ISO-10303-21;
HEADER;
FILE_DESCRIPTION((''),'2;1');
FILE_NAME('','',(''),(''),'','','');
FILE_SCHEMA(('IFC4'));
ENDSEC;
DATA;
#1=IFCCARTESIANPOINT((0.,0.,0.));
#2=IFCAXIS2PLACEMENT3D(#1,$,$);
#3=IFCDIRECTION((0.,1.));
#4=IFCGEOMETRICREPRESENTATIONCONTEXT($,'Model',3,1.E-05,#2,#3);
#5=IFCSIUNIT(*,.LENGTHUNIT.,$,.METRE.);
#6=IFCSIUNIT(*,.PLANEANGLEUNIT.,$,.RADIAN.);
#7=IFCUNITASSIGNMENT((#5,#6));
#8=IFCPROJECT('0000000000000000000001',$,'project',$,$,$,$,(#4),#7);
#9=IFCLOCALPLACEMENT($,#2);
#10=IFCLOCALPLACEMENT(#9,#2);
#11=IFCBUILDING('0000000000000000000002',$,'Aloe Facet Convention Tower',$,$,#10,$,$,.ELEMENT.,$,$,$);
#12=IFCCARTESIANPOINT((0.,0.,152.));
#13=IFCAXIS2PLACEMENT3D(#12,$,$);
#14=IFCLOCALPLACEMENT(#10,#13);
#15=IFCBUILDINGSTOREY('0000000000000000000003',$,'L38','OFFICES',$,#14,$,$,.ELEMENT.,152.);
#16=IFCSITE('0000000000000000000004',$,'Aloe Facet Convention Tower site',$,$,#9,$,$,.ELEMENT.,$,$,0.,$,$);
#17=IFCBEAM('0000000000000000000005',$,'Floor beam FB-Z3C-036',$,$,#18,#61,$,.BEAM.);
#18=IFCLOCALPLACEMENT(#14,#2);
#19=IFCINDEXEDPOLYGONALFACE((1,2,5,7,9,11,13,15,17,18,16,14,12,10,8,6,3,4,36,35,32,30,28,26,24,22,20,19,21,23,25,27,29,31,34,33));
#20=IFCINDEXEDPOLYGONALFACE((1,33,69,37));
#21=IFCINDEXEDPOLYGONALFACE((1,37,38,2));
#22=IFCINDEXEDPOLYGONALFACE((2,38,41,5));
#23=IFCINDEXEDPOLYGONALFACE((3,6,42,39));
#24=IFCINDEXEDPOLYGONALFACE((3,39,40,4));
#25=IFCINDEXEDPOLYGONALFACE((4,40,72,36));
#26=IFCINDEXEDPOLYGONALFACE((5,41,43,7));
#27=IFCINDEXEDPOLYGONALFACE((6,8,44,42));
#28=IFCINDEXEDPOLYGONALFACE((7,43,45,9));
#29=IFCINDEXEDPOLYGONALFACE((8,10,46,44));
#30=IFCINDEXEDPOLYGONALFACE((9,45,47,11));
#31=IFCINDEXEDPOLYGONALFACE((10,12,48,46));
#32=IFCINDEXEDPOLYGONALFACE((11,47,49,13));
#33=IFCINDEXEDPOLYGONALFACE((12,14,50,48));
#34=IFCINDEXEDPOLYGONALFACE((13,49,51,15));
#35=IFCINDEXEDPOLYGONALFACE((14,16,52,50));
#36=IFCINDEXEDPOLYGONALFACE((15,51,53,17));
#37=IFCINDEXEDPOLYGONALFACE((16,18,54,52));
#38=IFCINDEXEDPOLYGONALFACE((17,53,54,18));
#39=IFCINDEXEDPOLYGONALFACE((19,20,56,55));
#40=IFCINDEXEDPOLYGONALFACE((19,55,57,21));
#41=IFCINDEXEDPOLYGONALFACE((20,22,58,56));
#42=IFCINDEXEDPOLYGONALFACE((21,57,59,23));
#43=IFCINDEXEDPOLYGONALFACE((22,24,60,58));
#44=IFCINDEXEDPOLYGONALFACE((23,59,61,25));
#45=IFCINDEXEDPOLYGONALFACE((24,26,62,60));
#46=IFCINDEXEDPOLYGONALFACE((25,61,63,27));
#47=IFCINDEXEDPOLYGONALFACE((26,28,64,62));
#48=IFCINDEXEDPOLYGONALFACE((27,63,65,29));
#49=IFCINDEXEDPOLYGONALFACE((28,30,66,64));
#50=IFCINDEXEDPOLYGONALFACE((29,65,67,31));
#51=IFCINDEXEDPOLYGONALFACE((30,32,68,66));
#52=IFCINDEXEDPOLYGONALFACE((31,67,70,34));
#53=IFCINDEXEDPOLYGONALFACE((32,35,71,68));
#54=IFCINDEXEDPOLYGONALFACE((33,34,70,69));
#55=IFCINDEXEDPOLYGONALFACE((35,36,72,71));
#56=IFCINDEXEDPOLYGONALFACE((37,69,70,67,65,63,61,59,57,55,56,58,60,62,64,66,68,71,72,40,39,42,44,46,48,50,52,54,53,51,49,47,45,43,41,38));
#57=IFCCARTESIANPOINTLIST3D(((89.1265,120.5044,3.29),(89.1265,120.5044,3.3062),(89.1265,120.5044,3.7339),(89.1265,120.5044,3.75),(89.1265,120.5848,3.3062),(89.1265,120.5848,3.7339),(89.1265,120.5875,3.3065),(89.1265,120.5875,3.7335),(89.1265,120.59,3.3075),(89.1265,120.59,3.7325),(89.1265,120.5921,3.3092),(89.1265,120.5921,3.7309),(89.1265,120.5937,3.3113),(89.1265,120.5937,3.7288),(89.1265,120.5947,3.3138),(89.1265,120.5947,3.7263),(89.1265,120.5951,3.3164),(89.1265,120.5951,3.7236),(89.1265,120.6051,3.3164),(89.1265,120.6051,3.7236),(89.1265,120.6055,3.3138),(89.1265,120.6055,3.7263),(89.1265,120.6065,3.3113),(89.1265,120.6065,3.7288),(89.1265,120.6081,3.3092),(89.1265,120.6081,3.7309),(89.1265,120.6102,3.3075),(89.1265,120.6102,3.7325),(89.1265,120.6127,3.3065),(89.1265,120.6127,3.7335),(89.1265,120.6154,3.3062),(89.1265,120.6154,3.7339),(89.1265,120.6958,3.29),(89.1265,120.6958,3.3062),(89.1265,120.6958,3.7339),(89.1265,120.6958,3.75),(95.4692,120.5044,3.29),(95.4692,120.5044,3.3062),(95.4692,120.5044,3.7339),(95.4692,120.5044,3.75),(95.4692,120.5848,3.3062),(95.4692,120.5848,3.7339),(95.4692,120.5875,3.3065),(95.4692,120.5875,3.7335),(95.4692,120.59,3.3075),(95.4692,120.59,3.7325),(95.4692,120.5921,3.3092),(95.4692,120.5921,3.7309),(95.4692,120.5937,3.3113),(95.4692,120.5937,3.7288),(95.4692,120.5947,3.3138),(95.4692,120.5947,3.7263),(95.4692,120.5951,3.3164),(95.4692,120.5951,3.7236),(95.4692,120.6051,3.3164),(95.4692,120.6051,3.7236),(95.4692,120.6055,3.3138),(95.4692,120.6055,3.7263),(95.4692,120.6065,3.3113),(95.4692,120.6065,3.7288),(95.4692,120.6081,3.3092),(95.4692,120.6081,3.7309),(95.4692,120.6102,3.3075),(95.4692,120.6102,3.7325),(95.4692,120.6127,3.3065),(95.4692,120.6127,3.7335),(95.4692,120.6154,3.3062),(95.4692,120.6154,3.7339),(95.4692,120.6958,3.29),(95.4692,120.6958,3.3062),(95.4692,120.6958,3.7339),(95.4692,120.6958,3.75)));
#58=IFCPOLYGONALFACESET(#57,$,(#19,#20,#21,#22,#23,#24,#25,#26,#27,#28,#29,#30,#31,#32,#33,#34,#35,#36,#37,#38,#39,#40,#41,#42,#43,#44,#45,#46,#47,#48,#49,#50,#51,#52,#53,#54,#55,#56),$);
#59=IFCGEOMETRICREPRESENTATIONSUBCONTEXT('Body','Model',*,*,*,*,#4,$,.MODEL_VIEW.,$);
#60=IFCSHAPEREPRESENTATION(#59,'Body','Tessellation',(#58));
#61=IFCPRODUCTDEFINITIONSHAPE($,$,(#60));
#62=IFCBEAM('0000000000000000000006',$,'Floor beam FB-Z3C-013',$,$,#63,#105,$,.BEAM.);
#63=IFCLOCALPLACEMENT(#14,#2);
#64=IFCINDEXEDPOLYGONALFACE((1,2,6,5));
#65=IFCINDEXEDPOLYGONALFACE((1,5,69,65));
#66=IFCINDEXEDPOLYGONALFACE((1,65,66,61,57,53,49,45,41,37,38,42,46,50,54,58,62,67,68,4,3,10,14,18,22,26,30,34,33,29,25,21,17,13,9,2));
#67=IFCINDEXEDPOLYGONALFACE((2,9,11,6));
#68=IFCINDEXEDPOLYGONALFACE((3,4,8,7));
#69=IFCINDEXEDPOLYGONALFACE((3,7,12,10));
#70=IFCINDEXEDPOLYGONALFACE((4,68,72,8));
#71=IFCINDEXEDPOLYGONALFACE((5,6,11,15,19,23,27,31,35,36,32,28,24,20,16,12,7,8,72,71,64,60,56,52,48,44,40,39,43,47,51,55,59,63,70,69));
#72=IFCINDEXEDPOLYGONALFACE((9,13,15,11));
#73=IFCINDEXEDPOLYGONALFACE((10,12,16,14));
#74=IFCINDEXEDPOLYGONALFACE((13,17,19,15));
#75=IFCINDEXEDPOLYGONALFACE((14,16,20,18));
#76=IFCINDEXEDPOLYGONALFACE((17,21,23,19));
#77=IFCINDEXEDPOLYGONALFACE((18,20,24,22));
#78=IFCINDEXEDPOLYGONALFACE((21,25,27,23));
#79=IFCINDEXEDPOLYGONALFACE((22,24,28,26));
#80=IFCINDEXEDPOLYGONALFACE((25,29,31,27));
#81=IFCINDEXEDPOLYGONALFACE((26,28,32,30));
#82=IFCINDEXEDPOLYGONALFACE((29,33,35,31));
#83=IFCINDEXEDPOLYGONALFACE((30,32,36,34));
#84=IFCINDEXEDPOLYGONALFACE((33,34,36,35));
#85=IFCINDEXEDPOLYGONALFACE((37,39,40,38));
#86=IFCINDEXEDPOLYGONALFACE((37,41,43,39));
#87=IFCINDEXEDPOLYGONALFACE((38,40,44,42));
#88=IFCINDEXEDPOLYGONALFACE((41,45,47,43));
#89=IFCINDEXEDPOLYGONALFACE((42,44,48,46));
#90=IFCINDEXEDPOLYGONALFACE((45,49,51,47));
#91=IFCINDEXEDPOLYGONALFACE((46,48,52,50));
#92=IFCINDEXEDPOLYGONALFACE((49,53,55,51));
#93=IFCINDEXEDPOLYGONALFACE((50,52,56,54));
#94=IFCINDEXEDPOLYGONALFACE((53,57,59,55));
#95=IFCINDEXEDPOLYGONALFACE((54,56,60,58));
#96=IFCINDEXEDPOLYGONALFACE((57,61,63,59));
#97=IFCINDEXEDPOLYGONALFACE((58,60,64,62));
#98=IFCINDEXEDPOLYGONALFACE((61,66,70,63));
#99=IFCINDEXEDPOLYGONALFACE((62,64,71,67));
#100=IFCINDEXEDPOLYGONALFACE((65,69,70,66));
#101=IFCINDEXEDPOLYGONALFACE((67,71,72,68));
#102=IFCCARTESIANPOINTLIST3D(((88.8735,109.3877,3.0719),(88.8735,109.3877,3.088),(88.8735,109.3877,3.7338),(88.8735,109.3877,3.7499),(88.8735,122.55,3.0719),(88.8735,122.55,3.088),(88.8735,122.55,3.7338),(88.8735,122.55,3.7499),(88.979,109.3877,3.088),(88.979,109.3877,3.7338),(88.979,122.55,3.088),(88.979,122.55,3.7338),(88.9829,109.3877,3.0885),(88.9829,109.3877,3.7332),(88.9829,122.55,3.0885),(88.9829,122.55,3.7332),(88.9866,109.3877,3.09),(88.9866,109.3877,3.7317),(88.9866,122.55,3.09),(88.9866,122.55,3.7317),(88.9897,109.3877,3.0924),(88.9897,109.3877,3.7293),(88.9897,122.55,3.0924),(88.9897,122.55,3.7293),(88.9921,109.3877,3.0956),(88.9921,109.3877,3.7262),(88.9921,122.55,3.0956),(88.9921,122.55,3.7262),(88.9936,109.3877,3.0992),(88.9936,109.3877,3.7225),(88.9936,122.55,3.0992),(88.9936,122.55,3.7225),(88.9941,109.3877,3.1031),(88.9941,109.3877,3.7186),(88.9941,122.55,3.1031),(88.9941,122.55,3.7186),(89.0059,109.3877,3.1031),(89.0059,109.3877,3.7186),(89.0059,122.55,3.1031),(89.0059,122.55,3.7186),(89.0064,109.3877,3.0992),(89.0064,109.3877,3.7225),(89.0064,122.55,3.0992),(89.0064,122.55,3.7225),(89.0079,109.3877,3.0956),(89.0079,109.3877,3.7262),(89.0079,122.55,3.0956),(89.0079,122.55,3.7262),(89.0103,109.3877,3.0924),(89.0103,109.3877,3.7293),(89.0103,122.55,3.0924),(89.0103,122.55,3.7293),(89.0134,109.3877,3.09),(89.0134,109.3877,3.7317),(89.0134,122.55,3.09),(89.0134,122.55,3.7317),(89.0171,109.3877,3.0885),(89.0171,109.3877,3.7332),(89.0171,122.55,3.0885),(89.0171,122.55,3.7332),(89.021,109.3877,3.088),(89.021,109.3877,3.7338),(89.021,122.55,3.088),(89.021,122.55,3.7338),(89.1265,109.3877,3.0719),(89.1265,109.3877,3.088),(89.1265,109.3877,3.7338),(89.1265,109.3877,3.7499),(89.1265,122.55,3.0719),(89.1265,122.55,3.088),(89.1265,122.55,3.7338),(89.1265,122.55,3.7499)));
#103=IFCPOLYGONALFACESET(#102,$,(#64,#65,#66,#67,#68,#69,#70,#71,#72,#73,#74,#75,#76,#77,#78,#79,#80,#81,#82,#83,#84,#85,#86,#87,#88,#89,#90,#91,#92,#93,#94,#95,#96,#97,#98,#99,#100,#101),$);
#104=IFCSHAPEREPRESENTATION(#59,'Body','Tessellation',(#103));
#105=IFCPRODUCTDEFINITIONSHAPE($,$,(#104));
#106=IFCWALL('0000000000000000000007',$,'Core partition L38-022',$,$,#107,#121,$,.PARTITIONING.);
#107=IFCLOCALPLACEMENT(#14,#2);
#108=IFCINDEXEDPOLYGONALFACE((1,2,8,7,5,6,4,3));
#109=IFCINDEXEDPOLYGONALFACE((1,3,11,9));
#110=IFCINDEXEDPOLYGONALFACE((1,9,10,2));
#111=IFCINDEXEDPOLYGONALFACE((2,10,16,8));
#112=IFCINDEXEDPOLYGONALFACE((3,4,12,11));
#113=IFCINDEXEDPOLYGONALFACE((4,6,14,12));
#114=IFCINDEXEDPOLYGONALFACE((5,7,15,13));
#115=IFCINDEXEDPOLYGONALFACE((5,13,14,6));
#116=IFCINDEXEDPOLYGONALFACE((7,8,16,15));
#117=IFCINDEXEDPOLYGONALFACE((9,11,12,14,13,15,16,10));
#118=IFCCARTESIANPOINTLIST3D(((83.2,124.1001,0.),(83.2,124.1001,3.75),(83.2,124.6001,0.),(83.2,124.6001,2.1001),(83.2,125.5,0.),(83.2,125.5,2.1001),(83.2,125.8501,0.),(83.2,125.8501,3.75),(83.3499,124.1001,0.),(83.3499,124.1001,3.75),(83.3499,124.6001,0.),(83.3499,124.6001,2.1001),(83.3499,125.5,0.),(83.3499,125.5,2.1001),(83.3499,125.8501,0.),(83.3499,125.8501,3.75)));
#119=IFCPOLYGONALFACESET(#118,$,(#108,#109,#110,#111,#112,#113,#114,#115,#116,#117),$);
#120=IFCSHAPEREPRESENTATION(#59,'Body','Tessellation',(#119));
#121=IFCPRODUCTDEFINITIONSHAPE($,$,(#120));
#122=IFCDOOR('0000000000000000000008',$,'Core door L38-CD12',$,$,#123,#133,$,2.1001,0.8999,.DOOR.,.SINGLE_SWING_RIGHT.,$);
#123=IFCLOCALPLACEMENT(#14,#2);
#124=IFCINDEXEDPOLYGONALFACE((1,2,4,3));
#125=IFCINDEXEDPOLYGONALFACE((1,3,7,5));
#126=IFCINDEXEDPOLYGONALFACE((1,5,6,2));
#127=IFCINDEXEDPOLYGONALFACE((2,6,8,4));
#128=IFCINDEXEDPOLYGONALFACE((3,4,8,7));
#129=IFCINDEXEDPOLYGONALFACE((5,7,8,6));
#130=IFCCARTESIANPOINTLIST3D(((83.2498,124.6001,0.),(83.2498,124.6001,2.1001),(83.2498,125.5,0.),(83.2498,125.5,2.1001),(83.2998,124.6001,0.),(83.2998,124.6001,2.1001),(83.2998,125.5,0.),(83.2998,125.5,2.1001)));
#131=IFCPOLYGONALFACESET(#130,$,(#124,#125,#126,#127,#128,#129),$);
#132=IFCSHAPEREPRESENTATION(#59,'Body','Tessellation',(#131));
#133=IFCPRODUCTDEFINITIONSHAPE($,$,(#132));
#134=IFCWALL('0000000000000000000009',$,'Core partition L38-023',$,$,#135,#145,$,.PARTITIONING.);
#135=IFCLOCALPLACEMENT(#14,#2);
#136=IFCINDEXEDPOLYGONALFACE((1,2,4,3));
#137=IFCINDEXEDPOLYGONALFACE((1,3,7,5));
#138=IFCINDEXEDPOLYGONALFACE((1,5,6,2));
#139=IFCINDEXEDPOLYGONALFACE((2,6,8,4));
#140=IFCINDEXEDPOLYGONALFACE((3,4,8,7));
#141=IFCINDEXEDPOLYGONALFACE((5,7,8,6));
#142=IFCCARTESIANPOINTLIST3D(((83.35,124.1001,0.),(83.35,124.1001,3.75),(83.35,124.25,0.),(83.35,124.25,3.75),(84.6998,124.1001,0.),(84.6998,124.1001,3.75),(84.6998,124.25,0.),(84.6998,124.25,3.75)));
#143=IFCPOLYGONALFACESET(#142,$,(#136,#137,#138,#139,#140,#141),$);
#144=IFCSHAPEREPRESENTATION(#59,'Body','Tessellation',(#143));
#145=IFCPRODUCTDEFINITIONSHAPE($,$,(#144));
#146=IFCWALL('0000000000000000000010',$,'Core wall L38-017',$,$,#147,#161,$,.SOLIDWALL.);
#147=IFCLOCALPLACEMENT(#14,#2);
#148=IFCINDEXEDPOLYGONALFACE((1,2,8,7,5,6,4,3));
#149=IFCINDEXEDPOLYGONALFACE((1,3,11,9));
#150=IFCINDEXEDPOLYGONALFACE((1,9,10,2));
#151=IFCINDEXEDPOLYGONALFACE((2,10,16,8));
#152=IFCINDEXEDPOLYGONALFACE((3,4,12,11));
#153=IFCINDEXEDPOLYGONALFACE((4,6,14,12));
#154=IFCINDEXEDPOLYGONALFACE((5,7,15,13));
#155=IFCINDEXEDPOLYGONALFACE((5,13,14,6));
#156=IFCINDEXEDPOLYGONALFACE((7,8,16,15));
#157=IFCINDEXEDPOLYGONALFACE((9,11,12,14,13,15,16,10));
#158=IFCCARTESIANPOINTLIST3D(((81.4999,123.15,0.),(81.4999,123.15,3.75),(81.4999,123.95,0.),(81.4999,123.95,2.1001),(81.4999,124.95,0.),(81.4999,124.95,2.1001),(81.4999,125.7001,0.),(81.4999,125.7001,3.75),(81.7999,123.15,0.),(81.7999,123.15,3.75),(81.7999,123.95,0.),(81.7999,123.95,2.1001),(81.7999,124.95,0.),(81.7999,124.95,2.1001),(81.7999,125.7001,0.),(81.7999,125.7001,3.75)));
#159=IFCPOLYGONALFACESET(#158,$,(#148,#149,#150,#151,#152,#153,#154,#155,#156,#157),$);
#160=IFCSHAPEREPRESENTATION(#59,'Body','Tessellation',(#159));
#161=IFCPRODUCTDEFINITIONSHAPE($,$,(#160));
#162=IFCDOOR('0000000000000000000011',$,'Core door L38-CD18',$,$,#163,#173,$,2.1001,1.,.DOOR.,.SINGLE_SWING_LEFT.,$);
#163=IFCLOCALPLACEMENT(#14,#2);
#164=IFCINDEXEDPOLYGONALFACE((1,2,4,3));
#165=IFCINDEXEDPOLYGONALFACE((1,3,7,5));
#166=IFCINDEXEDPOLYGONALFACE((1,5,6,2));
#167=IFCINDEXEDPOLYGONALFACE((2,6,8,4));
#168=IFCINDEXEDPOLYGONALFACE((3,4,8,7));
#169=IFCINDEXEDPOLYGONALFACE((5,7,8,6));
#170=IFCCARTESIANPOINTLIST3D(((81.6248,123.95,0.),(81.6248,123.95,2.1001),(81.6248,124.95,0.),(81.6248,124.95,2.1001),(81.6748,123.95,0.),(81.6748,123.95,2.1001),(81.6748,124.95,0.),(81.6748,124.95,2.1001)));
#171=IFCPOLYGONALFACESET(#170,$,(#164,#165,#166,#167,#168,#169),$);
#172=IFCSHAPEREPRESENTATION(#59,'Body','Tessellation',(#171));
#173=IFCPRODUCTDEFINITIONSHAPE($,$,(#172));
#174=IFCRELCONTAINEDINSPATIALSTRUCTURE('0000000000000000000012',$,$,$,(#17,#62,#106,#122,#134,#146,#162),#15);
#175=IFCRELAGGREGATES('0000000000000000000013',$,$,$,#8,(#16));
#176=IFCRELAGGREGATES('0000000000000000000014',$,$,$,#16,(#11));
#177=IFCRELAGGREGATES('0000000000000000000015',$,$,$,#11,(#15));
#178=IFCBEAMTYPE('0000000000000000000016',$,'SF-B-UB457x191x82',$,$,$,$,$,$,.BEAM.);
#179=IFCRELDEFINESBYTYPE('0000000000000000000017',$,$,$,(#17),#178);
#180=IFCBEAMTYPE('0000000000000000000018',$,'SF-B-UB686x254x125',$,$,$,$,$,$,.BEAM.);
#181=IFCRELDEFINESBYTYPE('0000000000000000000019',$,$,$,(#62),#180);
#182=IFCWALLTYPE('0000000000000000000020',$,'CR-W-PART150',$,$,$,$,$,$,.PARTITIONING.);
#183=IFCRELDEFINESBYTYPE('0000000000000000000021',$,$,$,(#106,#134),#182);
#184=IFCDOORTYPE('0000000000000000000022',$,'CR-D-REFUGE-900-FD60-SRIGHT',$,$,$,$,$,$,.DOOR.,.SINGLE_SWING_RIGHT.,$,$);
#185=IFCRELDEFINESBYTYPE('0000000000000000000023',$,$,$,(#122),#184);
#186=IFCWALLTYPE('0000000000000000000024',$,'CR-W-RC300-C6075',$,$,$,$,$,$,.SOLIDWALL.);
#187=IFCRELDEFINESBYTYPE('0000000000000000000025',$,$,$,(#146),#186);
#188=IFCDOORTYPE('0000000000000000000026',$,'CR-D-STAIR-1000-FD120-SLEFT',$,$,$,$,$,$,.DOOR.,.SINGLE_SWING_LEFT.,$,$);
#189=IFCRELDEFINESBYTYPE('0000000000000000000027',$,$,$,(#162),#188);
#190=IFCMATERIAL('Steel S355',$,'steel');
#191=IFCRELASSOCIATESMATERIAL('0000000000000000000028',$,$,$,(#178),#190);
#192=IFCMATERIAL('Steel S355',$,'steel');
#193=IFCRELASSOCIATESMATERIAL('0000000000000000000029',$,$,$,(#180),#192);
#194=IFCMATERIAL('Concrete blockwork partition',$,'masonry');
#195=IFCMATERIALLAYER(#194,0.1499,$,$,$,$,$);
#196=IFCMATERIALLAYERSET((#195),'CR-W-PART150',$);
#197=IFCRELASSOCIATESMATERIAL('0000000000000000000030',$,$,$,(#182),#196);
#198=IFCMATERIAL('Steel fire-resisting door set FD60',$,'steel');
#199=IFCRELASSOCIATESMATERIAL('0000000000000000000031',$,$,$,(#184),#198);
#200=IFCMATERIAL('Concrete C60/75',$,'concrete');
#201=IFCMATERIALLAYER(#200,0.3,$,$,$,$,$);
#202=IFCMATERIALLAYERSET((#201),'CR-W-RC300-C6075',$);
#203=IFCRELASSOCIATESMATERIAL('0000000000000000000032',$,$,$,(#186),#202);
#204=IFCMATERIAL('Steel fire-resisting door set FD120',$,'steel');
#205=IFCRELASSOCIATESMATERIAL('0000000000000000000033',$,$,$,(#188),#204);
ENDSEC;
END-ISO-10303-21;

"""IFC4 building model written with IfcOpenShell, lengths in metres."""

from ifc_helpers import new_model, si_unit, direction, frame, frame_2d, origin, origin_2d, place, context, subcontext, project, spatial, rectangle, i_section, extrude, material, layer, layer_set, material_profile, profile_set, type_object, element, fill, save


model = new_model("IFC4")

# Units and contexts
model_context = context("Model", 3, precision=1e-05, world=origin(), true_north=direction((0.0, 1.0)))
body_context = subcontext(model_context, "Body", "Model", "MODEL_VIEW")
ifc_project = project(units=[si_unit("LENGTHUNIT", "METRE"), si_unit("PLANEANGLEUNIT", "RADIAN")], contexts=[model_context])

# Site, building, storey
site_placement = place(None, origin())
site = spatial("IfcSite", under=ifc_project, at=site_placement, Name="Aloe Facet Convention Tower site", CompositionType="ELEMENT", RefElevation=0.0)
building_placement = place(site_placement, origin())
building = spatial("IfcBuilding", under=site, at=building_placement, Name="Aloe Facet Convention Tower", CompositionType="ELEMENT")
storey_placement = place(building_placement, frame((0.0, 0.0, 152.0)))
storey = spatial("IfcBuildingStorey", under=building, at=storey_placement, Name="L38", Description="OFFICES", CompositionType="ELEMENT", Elevation=152.0)

# Beams
ifc_material_1 = material(Name="Steel S355", Category="steel")
ifc_material_profile_1 = material_profile(ifc_material_1, i_section(OverallWidth=0.1914, OverallDepth=0.46, WebThickness=0.01, FlangeThickness=0.0161, FilletRadius=0.0103, at=origin_2d()), Name="UB 457x191x82")
ifc_profile_set_1 = profile_set([ifc_material_profile_1], Name="Steel S355")
beam_type_1 = type_object("IfcBeamType", Name="SF-B-UB457x191x82", PredefinedType="BEAM", material=ifc_profile_set_1)
beam_1_placement = place(storey_placement, frame((89.1265, 120.6001, 3.52), z_axis=(1.0, 0.0, 0.0), x_axis=(0.0, 1.0, 0.0)))
element("IfcBeam", 1, at=beam_1_placement, inside=storey, type_object=beam_type_1, Name="Floor beam FB-Z3C-036", PredefinedType="BEAM", context=body_context, shape_type="SweptSolid", body=[
    extrude(i_section(OverallWidth=0.1914, OverallDepth=0.46, WebThickness=0.01, FlangeThickness=0.0161, FilletRadius=0.0103, at=origin_2d()), origin(), (0.0, 0.0, 1.0), 6.3428),
])
ifc_material_2 = material(Name="Steel S355", Category="steel")
ifc_material_profile_2 = material_profile(ifc_material_2, i_section(OverallWidth=0.2529, OverallDepth=0.678, WebThickness=0.0117, FlangeThickness=0.0161, FilletRadius=0.0151, at=origin_2d()), Name="UB 686x254x125")
ifc_profile_set_2 = profile_set([ifc_material_profile_2], Name="Steel S355")
beam_type_2 = type_object("IfcBeamType", Name="SF-B-UB686x254x125", PredefinedType="BEAM", material=ifc_profile_set_2)
beam_2_placement = place(storey_placement, frame((89.0, 122.55, 3.4109), z_axis=(0.0, -1.0, 0.0), x_axis=(1.0, 0.0, 0.0)))
element("IfcBeam", 2, at=beam_2_placement, inside=storey, type_object=beam_type_2, Name="Floor beam FB-Z3C-013", PredefinedType="BEAM", context=body_context, shape_type="SweptSolid", body=[
    extrude(i_section(OverallWidth=0.2529, OverallDepth=0.678, WebThickness=0.0117, FlangeThickness=0.0161, FilletRadius=0.0151, at=origin_2d()), origin(), (0.0, 0.0, 1.0), 13.1624),
])

# Wall, opening, door
ifc_material_3 = material(Name="Concrete blockwork partition", Category="masonry")
ifc_layer_1 = layer(ifc_material_3, 0.1499)
ifc_layer_set_1 = layer_set([ifc_layer_1], Name="CR-W-PART150")
wall_type_1 = type_object("IfcWallType", Name="CR-W-PART150", PredefinedType="PARTITIONING", material=ifc_layer_set_1)
wall_1_placement = place(storey_placement, frame((83.2749, 125.8501, 0.0), z_axis=(0.0, 0.0, 1.0), x_axis=(0.0, -1.0, 0.0)))
wall_1 = element("IfcWall", 3, at=wall_1_placement, inside=storey, type_object=wall_type_1, Name="Core partition L38-022", PredefinedType="PARTITIONING", context=body_context, shape_type="SweptSolid", body=[
    extrude(rectangle(XDim=1.75, YDim=0.1499, at=frame_2d((0.875, 0.0))), origin(), (0.0, 0.0, 1.0), 3.75),
])
opening_1_placement = place(wall_1_placement, frame((0.3501, 0.0, 0.0)))
opening_1 = element("IfcOpeningElement", 4, at=opening_1_placement, cuts=wall_1, PredefinedType="OPENING", context=body_context, shape_type="SweptSolid", body=[
    extrude(rectangle(XDim=0.8999, YDim=2.1001, at=frame_2d((0.45, 1.05))), frame((0.0, 0.085, 0.0), z_axis=(0.0, -1.0, 0.0), x_axis=(1.0, 0.0, 0.0)), (0.0, 0.0, 1.0), 0.1699),
])
ifc_material_4 = material(Name="Steel fire-resisting door set FD60", Category="steel")
door_type_1 = type_object("IfcDoorType", Name="CR-D-REFUGE-900-FD60-SRIGHT", OperationType="SINGLE_SWING_RIGHT", PredefinedType="DOOR", material=ifc_material_4)
door_1_placement = place(opening_1_placement, origin())
door_1 = element("IfcDoor", 5, at=door_1_placement, inside=storey, type_object=door_type_1, Name="Core door L38-CD12", OperationType="SINGLE_SWING_RIGHT", OverallHeight=2.1001, OverallWidth=0.8999, PredefinedType="DOOR", context=body_context, shape_type="SweptSolid", body=[
    extrude(rectangle(XDim=0.8999, YDim=2.1001, at=frame_2d((0.45, 1.05))), frame((0.0, 0.0249, 0.0), z_axis=(0.0, -1.0, 0.0), x_axis=(1.0, 0.0, 0.0)), (0.0, 0.0, 1.0), 0.05),
])
fill(opening_1, door_1)

# Wall
wall_2_placement = place(storey_placement, frame((83.3501, 124.175, 0.0), z_axis=(0.0, 0.0, 1.0), x_axis=(1.0, 0.0, 0.0)))
element("IfcWall", 6, at=wall_2_placement, inside=storey, type_object=wall_type_1, Name="Core partition L38-023", PredefinedType="PARTITIONING", context=body_context, shape_type="SweptSolid", body=[
    extrude(rectangle(XDim=1.3499, YDim=0.1499, at=frame_2d((0.6748, 0.0))), origin(), (0.0, 0.0, 1.0), 3.75),
])

# Wall, opening, door
ifc_material_5 = material(Name="Concrete C60/75", Category="concrete")
ifc_layer_2 = layer(ifc_material_5, 0.3)
ifc_layer_set_2 = layer_set([ifc_layer_2], Name="CR-W-RC300-C6075")
wall_type_2 = type_object("IfcWallType", Name="CR-W-RC300-C6075", PredefinedType="SOLIDWALL", material=ifc_layer_set_2)
wall_3_placement = place(storey_placement, frame((81.6499, 125.7, 0.0), z_axis=(0.0, 0.0, 1.0), x_axis=(0.0, -1.0, 0.0)))
wall_3 = element("IfcWall", 7, at=wall_3_placement, inside=storey, type_object=wall_type_2, Name="Core wall L38-017", PredefinedType="SOLIDWALL", context=body_context, shape_type="SweptSolid", body=[
    extrude(rectangle(XDim=2.55, YDim=0.3, at=frame_2d((1.2749, 0.0))), origin(), (0.0, 0.0, 1.0), 3.75),
])
opening_2_placement = place(wall_3_placement, frame((0.75, 0.0, 0.0)))
opening_2 = element("IfcOpeningElement", 8, at=opening_2_placement, cuts=wall_3, PredefinedType="OPENING", context=body_context, shape_type="SweptSolid", body=[
    extrude(rectangle(XDim=1.0, YDim=2.1001, at=frame_2d((0.5, 1.05))), frame((0.0, 0.1602, 0.0), z_axis=(0.0, -1.0, 0.0), x_axis=(1.0, 0.0, 0.0)), (0.0, 0.0, 1.0), 0.3201),
])
ifc_material_6 = material(Name="Steel fire-resisting door set FD120", Category="steel")
door_type_2 = type_object("IfcDoorType", Name="CR-D-STAIR-1000-FD120-SLEFT", OperationType="SINGLE_SWING_LEFT", PredefinedType="DOOR", material=ifc_material_6)
door_2_placement = place(opening_2_placement, origin())
door_2 = element("IfcDoor", 9, at=door_2_placement, inside=storey, type_object=door_type_2, Name="Core door L38-CD18", OperationType="SINGLE_SWING_LEFT", OverallHeight=2.1001, OverallWidth=1.0, PredefinedType="DOOR", context=body_context, shape_type="SweptSolid", body=[
    extrude(rectangle(XDim=1.0, YDim=2.1001, at=frame_2d((0.5, 1.05))), frame((0.0, 0.0249, 0.0), z_axis=(0.0, -1.0, 0.0), x_axis=(1.0, 0.0, 0.0)), (0.0, 0.0, 1.0), 0.05),
])
fill(opening_2, door_2)

save(model, "model.ifc")
